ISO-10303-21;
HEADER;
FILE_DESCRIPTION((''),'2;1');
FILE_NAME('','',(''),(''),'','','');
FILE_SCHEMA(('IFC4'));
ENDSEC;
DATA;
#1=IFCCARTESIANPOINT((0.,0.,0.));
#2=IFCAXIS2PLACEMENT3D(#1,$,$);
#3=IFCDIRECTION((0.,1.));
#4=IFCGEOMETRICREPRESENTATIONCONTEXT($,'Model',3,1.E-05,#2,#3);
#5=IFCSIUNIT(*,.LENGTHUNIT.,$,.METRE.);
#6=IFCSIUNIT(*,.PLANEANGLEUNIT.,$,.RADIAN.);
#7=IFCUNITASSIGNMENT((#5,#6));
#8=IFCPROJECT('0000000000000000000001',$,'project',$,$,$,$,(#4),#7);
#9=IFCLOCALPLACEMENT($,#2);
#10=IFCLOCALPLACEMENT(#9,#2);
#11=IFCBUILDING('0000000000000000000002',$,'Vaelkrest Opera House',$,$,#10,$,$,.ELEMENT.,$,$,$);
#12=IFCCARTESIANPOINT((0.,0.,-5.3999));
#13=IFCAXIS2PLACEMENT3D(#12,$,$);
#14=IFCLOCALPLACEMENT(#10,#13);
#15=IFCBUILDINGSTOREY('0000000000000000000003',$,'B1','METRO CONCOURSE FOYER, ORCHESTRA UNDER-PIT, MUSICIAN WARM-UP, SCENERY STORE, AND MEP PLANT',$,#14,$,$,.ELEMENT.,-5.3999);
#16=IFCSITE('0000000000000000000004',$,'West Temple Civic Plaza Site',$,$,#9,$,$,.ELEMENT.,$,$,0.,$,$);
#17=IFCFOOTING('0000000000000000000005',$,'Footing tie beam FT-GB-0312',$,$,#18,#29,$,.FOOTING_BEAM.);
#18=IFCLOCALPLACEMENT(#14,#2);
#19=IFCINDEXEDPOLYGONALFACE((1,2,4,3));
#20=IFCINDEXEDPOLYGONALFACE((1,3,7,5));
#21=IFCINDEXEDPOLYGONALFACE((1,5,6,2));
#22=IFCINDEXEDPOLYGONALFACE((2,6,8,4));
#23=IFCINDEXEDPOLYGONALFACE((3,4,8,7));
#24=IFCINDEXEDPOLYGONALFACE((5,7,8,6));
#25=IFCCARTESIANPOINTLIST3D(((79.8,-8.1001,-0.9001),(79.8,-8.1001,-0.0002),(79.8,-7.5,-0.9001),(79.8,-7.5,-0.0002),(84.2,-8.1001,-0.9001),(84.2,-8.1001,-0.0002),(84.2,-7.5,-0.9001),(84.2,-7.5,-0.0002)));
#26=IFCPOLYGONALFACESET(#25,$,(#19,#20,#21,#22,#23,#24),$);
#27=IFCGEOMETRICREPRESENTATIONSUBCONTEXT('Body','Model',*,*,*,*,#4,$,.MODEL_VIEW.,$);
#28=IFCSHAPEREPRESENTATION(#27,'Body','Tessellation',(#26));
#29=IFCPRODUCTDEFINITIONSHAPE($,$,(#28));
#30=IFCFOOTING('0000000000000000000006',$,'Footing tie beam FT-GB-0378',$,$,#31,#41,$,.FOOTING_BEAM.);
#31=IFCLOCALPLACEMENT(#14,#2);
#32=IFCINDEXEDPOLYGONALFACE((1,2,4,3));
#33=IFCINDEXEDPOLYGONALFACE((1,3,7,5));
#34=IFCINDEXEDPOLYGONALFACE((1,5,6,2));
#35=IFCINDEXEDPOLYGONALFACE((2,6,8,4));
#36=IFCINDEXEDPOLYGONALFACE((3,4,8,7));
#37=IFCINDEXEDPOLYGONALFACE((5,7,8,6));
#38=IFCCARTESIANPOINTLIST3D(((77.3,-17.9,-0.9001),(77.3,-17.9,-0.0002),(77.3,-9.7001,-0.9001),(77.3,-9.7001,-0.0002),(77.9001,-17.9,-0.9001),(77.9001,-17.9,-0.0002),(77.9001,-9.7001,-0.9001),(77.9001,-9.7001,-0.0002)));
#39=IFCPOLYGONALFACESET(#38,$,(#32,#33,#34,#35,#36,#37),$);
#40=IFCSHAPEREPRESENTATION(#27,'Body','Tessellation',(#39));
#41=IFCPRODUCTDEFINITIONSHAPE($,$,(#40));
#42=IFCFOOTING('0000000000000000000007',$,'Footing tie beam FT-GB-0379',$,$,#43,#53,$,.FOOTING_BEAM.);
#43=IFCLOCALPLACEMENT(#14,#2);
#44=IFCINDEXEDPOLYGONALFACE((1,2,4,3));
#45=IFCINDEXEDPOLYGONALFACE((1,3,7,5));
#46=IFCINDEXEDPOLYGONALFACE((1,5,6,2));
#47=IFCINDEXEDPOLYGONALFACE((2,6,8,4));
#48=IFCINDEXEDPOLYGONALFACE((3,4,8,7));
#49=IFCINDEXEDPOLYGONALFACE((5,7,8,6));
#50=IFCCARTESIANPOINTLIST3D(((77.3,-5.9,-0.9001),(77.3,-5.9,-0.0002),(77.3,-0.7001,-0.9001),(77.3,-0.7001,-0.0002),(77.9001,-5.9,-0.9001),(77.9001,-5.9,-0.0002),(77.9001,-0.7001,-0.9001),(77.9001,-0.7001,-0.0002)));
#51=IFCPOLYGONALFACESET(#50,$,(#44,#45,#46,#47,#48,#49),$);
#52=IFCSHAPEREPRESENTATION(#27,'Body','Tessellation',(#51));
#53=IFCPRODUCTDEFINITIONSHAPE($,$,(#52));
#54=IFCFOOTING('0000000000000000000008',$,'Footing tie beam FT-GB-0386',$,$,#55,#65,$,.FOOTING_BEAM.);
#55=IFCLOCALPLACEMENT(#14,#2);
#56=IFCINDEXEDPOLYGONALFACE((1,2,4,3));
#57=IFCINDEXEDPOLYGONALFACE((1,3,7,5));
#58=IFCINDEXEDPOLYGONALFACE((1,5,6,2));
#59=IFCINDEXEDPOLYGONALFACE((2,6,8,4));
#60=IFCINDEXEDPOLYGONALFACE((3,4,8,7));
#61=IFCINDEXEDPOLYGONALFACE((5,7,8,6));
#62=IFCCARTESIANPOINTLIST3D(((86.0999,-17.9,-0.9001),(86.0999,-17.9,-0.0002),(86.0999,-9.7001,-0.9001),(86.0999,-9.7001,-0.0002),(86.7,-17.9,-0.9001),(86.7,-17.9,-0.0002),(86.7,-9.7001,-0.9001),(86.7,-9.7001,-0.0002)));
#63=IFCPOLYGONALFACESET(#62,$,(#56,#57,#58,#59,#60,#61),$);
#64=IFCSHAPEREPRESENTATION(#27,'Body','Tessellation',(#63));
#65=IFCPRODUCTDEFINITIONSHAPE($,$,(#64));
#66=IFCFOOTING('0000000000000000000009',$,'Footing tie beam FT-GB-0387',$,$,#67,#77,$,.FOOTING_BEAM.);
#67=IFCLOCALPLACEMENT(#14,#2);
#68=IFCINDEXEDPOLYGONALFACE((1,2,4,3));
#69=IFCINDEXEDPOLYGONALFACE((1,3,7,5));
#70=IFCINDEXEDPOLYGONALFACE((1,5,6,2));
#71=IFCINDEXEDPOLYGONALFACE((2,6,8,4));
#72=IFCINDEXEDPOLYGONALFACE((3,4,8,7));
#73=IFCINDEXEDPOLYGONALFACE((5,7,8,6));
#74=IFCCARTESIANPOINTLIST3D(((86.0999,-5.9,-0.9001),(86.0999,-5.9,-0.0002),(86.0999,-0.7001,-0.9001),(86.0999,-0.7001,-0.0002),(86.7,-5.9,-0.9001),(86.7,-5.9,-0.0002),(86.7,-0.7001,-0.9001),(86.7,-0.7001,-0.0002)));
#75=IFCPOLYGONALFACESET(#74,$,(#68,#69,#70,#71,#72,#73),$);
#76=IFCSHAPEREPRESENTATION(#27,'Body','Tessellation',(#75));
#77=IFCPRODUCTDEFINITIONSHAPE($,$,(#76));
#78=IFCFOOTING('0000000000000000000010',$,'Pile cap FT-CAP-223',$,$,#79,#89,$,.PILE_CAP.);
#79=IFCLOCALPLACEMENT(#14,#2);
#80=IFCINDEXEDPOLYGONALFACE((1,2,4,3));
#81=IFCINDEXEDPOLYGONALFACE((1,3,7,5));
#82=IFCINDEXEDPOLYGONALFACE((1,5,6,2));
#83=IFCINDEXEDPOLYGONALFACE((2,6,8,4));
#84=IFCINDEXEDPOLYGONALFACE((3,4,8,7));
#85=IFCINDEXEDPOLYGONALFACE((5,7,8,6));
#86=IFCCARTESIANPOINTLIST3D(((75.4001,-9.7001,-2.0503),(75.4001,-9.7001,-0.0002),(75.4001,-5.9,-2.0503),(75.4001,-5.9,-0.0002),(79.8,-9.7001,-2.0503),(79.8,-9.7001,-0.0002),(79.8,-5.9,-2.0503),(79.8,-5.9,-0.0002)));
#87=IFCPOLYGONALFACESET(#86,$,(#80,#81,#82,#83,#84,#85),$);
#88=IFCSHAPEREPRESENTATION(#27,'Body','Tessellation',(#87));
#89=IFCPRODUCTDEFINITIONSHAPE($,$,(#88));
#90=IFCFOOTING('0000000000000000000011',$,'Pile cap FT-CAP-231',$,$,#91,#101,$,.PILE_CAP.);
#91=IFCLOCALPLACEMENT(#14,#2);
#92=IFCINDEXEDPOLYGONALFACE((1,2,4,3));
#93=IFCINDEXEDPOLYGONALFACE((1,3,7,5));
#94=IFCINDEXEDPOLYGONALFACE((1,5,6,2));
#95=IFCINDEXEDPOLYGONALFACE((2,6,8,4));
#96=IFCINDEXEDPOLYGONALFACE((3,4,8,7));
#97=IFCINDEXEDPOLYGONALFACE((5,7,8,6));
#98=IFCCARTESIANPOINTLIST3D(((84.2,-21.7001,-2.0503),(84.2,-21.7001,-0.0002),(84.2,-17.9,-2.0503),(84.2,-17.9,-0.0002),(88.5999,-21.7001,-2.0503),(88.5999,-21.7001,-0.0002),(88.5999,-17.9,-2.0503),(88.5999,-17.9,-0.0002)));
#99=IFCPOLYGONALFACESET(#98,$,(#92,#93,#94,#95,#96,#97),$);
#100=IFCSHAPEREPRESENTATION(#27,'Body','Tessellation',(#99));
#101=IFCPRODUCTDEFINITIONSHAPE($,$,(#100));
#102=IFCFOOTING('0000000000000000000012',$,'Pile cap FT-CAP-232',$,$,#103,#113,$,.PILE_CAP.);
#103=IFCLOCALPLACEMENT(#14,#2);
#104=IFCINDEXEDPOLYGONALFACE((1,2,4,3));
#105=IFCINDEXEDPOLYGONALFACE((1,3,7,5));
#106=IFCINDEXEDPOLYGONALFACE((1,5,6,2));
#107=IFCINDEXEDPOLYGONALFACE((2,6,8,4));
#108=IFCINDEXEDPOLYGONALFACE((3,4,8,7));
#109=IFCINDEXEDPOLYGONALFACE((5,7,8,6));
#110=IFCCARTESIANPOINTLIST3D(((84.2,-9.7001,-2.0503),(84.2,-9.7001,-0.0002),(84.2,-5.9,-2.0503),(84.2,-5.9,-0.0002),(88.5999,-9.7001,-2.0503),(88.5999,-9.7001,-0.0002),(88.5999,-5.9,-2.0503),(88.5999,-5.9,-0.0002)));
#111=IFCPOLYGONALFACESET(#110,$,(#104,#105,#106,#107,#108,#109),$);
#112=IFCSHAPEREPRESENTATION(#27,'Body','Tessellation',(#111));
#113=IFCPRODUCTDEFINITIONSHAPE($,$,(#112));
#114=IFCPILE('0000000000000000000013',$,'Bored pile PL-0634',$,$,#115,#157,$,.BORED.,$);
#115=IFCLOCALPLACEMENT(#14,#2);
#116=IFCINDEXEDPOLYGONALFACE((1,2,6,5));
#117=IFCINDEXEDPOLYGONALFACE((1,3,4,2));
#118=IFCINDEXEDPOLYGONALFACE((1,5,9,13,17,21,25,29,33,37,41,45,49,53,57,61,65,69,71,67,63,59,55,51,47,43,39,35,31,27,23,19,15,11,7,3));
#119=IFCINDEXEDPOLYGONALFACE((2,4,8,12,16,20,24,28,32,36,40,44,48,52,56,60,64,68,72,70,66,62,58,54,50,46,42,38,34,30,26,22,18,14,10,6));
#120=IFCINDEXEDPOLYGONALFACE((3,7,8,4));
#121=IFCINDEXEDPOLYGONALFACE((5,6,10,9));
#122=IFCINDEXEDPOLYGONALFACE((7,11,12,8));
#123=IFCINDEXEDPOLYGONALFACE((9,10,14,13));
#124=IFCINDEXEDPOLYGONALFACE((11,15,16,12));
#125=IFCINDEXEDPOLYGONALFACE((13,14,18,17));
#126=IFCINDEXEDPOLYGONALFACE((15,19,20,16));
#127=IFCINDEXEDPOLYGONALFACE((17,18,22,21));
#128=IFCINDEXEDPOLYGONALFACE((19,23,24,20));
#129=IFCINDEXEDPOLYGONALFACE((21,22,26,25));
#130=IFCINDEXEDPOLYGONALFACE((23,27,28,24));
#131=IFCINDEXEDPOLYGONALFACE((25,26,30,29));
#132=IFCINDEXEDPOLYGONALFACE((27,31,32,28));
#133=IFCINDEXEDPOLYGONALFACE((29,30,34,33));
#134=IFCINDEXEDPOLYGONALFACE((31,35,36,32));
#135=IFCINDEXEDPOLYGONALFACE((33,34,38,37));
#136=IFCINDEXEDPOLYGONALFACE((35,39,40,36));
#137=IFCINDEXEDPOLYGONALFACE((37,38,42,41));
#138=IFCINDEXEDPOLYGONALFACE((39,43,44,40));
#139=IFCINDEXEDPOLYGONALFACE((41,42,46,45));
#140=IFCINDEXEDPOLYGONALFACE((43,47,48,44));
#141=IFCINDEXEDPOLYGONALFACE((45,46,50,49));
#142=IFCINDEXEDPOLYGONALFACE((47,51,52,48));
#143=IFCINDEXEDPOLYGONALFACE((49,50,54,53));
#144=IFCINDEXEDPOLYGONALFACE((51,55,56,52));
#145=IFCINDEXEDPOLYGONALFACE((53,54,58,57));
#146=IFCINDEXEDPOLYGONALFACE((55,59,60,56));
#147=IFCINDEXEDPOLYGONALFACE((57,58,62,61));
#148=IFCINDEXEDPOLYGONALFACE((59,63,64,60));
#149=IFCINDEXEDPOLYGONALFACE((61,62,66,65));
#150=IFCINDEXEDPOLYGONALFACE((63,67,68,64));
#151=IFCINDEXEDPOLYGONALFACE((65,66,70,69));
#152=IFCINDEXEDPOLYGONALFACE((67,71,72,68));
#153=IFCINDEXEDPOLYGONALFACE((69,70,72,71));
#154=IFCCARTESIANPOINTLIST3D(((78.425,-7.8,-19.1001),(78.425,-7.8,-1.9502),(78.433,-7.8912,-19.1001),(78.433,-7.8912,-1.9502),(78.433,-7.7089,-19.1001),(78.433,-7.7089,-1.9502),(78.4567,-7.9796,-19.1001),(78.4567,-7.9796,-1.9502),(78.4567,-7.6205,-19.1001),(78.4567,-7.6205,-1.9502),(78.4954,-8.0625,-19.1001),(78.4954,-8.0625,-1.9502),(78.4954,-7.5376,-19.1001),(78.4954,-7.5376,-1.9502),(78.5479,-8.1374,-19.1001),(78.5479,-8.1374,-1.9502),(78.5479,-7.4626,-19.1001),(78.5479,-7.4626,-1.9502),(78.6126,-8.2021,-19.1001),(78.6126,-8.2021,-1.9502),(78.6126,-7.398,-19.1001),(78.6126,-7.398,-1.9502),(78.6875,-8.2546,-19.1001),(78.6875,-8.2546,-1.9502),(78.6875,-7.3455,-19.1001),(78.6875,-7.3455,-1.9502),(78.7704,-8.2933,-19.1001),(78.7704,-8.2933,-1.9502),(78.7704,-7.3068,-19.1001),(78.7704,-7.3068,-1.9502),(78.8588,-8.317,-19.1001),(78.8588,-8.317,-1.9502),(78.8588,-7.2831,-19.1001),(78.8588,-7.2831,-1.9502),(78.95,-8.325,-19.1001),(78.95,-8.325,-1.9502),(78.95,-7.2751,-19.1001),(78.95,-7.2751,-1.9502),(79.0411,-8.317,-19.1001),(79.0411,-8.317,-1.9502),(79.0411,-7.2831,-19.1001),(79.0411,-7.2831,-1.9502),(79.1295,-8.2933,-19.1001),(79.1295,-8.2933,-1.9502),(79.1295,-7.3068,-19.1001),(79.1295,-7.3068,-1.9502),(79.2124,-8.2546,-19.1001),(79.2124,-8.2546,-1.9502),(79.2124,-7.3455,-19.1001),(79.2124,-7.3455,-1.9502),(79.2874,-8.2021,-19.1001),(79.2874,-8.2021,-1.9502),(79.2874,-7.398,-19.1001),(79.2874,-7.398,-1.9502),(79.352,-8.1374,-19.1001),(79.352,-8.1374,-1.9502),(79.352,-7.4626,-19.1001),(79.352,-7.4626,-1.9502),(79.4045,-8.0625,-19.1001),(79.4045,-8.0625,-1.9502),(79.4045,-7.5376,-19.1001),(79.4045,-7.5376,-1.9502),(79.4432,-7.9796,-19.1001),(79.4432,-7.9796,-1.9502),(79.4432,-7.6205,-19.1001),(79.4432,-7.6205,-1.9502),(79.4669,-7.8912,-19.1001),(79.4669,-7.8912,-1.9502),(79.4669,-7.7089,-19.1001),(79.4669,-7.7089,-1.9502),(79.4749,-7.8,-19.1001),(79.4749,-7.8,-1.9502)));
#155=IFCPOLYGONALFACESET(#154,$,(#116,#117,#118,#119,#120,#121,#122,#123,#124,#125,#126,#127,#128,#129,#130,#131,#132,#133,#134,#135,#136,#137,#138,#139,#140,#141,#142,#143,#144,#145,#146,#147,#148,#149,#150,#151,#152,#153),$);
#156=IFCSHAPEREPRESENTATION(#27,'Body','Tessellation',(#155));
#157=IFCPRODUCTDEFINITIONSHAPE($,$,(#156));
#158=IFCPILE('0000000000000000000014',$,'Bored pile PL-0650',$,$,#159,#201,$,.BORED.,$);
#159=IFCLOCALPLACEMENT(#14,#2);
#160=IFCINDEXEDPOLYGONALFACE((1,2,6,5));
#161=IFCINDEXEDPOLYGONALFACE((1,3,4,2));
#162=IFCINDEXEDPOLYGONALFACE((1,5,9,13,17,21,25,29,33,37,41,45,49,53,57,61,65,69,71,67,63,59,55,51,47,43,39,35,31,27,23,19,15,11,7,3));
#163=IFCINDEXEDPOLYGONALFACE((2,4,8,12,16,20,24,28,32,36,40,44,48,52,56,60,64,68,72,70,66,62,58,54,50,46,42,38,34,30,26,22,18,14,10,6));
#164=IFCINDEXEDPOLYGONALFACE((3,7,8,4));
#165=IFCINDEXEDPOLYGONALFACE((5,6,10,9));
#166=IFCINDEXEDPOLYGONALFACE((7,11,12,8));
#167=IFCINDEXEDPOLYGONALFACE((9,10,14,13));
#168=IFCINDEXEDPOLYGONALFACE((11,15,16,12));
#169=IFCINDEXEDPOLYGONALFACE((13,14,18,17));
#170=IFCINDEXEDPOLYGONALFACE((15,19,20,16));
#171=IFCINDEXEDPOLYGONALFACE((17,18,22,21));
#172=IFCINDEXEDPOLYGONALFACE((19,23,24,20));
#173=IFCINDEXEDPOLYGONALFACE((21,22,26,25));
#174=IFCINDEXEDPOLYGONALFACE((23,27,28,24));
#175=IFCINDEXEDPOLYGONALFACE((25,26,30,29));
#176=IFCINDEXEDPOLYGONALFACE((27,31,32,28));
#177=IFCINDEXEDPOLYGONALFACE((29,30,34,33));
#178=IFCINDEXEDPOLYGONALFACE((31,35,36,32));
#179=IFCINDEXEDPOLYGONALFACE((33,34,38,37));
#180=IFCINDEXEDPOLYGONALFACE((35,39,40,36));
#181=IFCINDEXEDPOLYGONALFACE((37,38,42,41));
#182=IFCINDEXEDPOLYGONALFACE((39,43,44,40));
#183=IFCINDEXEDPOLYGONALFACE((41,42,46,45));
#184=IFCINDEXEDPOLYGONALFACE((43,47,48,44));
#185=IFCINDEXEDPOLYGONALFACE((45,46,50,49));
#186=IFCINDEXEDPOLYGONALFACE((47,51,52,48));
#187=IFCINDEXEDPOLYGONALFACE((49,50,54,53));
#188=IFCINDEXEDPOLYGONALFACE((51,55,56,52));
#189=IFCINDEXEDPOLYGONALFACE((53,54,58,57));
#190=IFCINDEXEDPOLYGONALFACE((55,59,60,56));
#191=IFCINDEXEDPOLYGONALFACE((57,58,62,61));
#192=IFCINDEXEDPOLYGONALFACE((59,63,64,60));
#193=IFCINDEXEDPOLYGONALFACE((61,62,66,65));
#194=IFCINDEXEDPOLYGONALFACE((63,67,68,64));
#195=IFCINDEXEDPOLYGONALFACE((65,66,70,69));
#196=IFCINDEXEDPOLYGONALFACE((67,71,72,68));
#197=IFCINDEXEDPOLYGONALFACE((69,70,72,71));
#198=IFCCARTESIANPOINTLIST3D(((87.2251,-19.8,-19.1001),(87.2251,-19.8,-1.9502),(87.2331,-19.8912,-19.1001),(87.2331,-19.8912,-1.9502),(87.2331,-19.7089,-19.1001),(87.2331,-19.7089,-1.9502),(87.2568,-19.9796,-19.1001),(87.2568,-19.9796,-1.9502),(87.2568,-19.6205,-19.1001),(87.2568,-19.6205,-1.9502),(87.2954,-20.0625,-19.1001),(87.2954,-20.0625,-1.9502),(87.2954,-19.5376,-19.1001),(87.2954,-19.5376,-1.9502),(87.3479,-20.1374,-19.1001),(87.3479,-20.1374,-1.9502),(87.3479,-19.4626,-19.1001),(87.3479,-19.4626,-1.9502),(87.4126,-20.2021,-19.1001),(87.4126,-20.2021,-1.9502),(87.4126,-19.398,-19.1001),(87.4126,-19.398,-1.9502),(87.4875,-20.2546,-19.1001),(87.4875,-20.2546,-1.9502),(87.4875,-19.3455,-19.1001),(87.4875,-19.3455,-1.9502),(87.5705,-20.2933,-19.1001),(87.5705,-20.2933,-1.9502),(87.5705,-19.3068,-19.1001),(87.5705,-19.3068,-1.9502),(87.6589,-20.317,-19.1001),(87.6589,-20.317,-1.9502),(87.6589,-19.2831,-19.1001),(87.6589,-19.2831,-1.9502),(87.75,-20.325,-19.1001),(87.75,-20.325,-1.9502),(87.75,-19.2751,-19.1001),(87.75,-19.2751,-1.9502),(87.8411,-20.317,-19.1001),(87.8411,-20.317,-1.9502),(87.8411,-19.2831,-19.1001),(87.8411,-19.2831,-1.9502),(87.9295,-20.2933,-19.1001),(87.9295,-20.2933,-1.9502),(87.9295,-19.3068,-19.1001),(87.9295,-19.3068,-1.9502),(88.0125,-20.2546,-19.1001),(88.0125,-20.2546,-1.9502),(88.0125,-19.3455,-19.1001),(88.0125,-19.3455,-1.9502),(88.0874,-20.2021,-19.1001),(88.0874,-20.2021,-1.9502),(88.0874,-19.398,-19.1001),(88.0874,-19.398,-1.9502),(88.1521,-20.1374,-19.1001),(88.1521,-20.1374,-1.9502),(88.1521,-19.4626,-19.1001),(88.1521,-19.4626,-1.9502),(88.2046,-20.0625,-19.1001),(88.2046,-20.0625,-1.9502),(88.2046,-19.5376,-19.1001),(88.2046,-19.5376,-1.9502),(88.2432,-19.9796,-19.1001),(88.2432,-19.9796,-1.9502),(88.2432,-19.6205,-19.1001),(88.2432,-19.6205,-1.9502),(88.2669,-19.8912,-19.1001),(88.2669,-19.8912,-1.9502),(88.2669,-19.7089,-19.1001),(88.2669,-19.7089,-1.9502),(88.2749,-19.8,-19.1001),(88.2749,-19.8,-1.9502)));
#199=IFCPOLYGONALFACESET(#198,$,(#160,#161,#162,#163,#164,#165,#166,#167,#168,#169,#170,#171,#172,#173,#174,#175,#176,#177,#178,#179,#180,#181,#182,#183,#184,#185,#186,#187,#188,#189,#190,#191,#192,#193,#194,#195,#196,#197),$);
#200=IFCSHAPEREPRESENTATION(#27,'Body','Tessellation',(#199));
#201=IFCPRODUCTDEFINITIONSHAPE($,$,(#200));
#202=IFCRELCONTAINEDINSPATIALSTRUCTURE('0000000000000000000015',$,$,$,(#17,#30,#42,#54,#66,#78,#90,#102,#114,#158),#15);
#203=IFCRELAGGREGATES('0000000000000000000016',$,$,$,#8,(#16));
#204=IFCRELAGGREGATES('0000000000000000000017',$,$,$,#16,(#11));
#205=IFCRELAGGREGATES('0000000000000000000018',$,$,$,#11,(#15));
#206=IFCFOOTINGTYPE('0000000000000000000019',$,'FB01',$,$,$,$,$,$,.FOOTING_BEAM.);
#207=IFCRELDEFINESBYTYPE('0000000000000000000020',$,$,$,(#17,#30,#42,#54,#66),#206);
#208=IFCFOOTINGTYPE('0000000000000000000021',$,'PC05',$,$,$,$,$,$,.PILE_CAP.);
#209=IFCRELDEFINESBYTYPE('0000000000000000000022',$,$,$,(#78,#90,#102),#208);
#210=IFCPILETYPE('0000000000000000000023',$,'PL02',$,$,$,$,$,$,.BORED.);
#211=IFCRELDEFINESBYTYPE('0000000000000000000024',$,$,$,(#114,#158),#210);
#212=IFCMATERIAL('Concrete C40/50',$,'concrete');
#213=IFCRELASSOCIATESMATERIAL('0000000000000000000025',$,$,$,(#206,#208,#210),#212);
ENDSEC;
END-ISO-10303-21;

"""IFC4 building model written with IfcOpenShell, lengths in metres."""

from ifc_helpers import new_model, si_unit, direction, frame, origin, origin_2d, place, context, subcontext, project, spatial, rectangle, circle, extrude, material, material_profile, profile_set, type_object, element, save


model = new_model("IFC4")

# Units and contexts
model_context = context("Model", 3, precision=1e-05, world=origin(), true_north=direction((0.0, 1.0)))
body_context = subcontext(model_context, "Body", "Model", "MODEL_VIEW")
ifc_project = project(units=[si_unit("LENGTHUNIT", "METRE"), si_unit("PLANEANGLEUNIT", "RADIAN")], contexts=[model_context])

# Site, building, storey
site_placement = place(None, origin())
site = spatial("IfcSite", under=ifc_project, at=site_placement, Name="West Temple Civic Plaza Site", CompositionType="ELEMENT", RefElevation=0.0)
building_placement = place(site_placement, origin())
building = spatial("IfcBuilding", under=site, at=building_placement, Name="Vaelkrest Opera House", CompositionType="ELEMENT")
storey_placement = place(building_placement, frame((0.0, 0.0, -5.3999)))
storey = spatial("IfcBuildingStorey", under=building, at=storey_placement, Name="B1", Description="METRO CONCOURSE FOYER, ORCHESTRA UNDER-PIT, MUSICIAN WARM-UP, SCENERY STORE, AND MEP PLANT", CompositionType="ELEMENT", Elevation=-5.3999)

# Footings
ifc_material_1 = material(Name="Concrete C40/50", Category="concrete")
footing_type_1 = type_object("IfcFootingType", Name="FB01", PredefinedType="FOOTING_BEAM", material=ifc_material_1)
footing_1_placement = place(storey_placement, frame((82.0, -7.8, -0.9001), z_axis=(0.0, 0.0, 1.0), x_axis=(1.0, 0.0, 0.0)))
element("IfcFooting", 1, at=footing_1_placement, inside=storey, type_object=footing_type_1, Name="Footing tie beam FT-GB-0312", PredefinedType="FOOTING_BEAM", context=body_context, shape_type="SweptSolid", body=[
    extrude(rectangle(XDim=4.3999, YDim=0.6001, at=origin_2d()), origin(), (0.0, 0.0, 1.0), 0.8999),
])
footing_2_placement = place(storey_placement, frame((77.6001, -13.8, -0.9001), z_axis=(0.0, 0.0, 1.0), x_axis=(0.0, 1.0, 0.0)))
element("IfcFooting", 2, at=footing_2_placement, inside=storey, type_object=footing_type_1, Name="Footing tie beam FT-GB-0378", PredefinedType="FOOTING_BEAM", context=body_context, shape_type="SweptSolid", body=[
    extrude(rectangle(XDim=8.2, YDim=0.6001, at=origin_2d()), origin(), (0.0, 0.0, 1.0), 0.8999),
])
footing_3_placement = place(storey_placement, frame((77.6001, -3.3, -0.9001), z_axis=(0.0, 0.0, 1.0), x_axis=(0.0, 1.0, 0.0)))
element("IfcFooting", 3, at=footing_3_placement, inside=storey, type_object=footing_type_1, Name="Footing tie beam FT-GB-0379", PredefinedType="FOOTING_BEAM", context=body_context, shape_type="SweptSolid", body=[
    extrude(rectangle(XDim=5.2, YDim=0.6001, at=origin_2d()), origin(), (0.0, 0.0, 1.0), 0.8999),
])
footing_4_placement = place(storey_placement, frame((86.3999, -13.8, -0.9001), z_axis=(0.0, 0.0, 1.0), x_axis=(0.0, 1.0, 0.0)))
element("IfcFooting", 4, at=footing_4_placement, inside=storey, type_object=footing_type_1, Name="Footing tie beam FT-GB-0386", PredefinedType="FOOTING_BEAM", context=body_context, shape_type="SweptSolid", body=[
    extrude(rectangle(XDim=8.2, YDim=0.6001, at=origin_2d()), origin(), (0.0, 0.0, 1.0), 0.8999),
])
footing_5_placement = place(storey_placement, frame((86.3999, -3.3, -0.9001), z_axis=(0.0, 0.0, 1.0), x_axis=(0.0, 1.0, 0.0)))
element("IfcFooting", 5, at=footing_5_placement, inside=storey, type_object=footing_type_1, Name="Footing tie beam FT-GB-0387", PredefinedType="FOOTING_BEAM", context=body_context, shape_type="SweptSolid", body=[
    extrude(rectangle(XDim=5.2, YDim=0.6001, at=origin_2d()), origin(), (0.0, 0.0, 1.0), 0.8999),
])
footing_type_2 = type_object("IfcFootingType", Name="PC05", PredefinedType="PILE_CAP", material=ifc_material_1)
for number, where, z_axis, x_axis, name in (
    (6, (77.6001, -7.8, -2.0503), (0.0, 0.0, 1.0), (1.0, 0.0, 0.0), "Pile cap FT-CAP-223"),
    (7, (86.3999, -19.8, -2.0503), (0.0, 0.0, 1.0), (1.0, 0.0, 0.0), "Pile cap FT-CAP-231"),
    (8, (86.3999, -7.8, -2.0503), (0.0, 0.0, 1.0), (1.0, 0.0, 0.0), "Pile cap FT-CAP-232"),
):
    element("IfcFooting", number, at=place(storey_placement, frame(where, z_axis=z_axis, x_axis=x_axis)), inside=storey, type_object=footing_type_2, Name=name, PredefinedType="PILE_CAP", context=body_context, shape_type="SweptSolid", body=[
        extrude(rectangle(XDim=4.3999, YDim=3.8, at=origin_2d()), origin(), (0.0, 0.0, 1.0), 2.05),
    ])

# Piles
ifc_material_profile_1 = material_profile(ifc_material_1, circle(Radius=0.5249, at=origin_2d()), Name="PILE1050")
ifc_profile_set_1 = profile_set([ifc_material_profile_1], Name="Concrete C40/50")
pile_type = type_object("IfcPileType", Name="PL02", PredefinedType="BORED", material=ifc_profile_set_1)
for number, where, z_axis, x_axis, name in (
    (9, (78.95, -7.8, -1.9502), (0.0, 0.0, -1.0), (1.0, 0.0, 0.0), "Bored pile PL-0634"),
    (10, (87.75, -19.8, -1.9502), (0.0, 0.0, -1.0), (1.0, 0.0, 0.0), "Bored pile PL-0650"),
):
    element("IfcPile", number, at=place(storey_placement, frame(where, z_axis=z_axis, x_axis=x_axis)), inside=storey, type_object=pile_type, Name=name, PredefinedType="BORED", context=body_context, shape_type="SweptSolid", body=[
        extrude(circle(Radius=0.5249, at=origin_2d()), origin(), (0.0, 0.0, 1.0), 17.1499),
    ])

save(model, "model.ifc")
